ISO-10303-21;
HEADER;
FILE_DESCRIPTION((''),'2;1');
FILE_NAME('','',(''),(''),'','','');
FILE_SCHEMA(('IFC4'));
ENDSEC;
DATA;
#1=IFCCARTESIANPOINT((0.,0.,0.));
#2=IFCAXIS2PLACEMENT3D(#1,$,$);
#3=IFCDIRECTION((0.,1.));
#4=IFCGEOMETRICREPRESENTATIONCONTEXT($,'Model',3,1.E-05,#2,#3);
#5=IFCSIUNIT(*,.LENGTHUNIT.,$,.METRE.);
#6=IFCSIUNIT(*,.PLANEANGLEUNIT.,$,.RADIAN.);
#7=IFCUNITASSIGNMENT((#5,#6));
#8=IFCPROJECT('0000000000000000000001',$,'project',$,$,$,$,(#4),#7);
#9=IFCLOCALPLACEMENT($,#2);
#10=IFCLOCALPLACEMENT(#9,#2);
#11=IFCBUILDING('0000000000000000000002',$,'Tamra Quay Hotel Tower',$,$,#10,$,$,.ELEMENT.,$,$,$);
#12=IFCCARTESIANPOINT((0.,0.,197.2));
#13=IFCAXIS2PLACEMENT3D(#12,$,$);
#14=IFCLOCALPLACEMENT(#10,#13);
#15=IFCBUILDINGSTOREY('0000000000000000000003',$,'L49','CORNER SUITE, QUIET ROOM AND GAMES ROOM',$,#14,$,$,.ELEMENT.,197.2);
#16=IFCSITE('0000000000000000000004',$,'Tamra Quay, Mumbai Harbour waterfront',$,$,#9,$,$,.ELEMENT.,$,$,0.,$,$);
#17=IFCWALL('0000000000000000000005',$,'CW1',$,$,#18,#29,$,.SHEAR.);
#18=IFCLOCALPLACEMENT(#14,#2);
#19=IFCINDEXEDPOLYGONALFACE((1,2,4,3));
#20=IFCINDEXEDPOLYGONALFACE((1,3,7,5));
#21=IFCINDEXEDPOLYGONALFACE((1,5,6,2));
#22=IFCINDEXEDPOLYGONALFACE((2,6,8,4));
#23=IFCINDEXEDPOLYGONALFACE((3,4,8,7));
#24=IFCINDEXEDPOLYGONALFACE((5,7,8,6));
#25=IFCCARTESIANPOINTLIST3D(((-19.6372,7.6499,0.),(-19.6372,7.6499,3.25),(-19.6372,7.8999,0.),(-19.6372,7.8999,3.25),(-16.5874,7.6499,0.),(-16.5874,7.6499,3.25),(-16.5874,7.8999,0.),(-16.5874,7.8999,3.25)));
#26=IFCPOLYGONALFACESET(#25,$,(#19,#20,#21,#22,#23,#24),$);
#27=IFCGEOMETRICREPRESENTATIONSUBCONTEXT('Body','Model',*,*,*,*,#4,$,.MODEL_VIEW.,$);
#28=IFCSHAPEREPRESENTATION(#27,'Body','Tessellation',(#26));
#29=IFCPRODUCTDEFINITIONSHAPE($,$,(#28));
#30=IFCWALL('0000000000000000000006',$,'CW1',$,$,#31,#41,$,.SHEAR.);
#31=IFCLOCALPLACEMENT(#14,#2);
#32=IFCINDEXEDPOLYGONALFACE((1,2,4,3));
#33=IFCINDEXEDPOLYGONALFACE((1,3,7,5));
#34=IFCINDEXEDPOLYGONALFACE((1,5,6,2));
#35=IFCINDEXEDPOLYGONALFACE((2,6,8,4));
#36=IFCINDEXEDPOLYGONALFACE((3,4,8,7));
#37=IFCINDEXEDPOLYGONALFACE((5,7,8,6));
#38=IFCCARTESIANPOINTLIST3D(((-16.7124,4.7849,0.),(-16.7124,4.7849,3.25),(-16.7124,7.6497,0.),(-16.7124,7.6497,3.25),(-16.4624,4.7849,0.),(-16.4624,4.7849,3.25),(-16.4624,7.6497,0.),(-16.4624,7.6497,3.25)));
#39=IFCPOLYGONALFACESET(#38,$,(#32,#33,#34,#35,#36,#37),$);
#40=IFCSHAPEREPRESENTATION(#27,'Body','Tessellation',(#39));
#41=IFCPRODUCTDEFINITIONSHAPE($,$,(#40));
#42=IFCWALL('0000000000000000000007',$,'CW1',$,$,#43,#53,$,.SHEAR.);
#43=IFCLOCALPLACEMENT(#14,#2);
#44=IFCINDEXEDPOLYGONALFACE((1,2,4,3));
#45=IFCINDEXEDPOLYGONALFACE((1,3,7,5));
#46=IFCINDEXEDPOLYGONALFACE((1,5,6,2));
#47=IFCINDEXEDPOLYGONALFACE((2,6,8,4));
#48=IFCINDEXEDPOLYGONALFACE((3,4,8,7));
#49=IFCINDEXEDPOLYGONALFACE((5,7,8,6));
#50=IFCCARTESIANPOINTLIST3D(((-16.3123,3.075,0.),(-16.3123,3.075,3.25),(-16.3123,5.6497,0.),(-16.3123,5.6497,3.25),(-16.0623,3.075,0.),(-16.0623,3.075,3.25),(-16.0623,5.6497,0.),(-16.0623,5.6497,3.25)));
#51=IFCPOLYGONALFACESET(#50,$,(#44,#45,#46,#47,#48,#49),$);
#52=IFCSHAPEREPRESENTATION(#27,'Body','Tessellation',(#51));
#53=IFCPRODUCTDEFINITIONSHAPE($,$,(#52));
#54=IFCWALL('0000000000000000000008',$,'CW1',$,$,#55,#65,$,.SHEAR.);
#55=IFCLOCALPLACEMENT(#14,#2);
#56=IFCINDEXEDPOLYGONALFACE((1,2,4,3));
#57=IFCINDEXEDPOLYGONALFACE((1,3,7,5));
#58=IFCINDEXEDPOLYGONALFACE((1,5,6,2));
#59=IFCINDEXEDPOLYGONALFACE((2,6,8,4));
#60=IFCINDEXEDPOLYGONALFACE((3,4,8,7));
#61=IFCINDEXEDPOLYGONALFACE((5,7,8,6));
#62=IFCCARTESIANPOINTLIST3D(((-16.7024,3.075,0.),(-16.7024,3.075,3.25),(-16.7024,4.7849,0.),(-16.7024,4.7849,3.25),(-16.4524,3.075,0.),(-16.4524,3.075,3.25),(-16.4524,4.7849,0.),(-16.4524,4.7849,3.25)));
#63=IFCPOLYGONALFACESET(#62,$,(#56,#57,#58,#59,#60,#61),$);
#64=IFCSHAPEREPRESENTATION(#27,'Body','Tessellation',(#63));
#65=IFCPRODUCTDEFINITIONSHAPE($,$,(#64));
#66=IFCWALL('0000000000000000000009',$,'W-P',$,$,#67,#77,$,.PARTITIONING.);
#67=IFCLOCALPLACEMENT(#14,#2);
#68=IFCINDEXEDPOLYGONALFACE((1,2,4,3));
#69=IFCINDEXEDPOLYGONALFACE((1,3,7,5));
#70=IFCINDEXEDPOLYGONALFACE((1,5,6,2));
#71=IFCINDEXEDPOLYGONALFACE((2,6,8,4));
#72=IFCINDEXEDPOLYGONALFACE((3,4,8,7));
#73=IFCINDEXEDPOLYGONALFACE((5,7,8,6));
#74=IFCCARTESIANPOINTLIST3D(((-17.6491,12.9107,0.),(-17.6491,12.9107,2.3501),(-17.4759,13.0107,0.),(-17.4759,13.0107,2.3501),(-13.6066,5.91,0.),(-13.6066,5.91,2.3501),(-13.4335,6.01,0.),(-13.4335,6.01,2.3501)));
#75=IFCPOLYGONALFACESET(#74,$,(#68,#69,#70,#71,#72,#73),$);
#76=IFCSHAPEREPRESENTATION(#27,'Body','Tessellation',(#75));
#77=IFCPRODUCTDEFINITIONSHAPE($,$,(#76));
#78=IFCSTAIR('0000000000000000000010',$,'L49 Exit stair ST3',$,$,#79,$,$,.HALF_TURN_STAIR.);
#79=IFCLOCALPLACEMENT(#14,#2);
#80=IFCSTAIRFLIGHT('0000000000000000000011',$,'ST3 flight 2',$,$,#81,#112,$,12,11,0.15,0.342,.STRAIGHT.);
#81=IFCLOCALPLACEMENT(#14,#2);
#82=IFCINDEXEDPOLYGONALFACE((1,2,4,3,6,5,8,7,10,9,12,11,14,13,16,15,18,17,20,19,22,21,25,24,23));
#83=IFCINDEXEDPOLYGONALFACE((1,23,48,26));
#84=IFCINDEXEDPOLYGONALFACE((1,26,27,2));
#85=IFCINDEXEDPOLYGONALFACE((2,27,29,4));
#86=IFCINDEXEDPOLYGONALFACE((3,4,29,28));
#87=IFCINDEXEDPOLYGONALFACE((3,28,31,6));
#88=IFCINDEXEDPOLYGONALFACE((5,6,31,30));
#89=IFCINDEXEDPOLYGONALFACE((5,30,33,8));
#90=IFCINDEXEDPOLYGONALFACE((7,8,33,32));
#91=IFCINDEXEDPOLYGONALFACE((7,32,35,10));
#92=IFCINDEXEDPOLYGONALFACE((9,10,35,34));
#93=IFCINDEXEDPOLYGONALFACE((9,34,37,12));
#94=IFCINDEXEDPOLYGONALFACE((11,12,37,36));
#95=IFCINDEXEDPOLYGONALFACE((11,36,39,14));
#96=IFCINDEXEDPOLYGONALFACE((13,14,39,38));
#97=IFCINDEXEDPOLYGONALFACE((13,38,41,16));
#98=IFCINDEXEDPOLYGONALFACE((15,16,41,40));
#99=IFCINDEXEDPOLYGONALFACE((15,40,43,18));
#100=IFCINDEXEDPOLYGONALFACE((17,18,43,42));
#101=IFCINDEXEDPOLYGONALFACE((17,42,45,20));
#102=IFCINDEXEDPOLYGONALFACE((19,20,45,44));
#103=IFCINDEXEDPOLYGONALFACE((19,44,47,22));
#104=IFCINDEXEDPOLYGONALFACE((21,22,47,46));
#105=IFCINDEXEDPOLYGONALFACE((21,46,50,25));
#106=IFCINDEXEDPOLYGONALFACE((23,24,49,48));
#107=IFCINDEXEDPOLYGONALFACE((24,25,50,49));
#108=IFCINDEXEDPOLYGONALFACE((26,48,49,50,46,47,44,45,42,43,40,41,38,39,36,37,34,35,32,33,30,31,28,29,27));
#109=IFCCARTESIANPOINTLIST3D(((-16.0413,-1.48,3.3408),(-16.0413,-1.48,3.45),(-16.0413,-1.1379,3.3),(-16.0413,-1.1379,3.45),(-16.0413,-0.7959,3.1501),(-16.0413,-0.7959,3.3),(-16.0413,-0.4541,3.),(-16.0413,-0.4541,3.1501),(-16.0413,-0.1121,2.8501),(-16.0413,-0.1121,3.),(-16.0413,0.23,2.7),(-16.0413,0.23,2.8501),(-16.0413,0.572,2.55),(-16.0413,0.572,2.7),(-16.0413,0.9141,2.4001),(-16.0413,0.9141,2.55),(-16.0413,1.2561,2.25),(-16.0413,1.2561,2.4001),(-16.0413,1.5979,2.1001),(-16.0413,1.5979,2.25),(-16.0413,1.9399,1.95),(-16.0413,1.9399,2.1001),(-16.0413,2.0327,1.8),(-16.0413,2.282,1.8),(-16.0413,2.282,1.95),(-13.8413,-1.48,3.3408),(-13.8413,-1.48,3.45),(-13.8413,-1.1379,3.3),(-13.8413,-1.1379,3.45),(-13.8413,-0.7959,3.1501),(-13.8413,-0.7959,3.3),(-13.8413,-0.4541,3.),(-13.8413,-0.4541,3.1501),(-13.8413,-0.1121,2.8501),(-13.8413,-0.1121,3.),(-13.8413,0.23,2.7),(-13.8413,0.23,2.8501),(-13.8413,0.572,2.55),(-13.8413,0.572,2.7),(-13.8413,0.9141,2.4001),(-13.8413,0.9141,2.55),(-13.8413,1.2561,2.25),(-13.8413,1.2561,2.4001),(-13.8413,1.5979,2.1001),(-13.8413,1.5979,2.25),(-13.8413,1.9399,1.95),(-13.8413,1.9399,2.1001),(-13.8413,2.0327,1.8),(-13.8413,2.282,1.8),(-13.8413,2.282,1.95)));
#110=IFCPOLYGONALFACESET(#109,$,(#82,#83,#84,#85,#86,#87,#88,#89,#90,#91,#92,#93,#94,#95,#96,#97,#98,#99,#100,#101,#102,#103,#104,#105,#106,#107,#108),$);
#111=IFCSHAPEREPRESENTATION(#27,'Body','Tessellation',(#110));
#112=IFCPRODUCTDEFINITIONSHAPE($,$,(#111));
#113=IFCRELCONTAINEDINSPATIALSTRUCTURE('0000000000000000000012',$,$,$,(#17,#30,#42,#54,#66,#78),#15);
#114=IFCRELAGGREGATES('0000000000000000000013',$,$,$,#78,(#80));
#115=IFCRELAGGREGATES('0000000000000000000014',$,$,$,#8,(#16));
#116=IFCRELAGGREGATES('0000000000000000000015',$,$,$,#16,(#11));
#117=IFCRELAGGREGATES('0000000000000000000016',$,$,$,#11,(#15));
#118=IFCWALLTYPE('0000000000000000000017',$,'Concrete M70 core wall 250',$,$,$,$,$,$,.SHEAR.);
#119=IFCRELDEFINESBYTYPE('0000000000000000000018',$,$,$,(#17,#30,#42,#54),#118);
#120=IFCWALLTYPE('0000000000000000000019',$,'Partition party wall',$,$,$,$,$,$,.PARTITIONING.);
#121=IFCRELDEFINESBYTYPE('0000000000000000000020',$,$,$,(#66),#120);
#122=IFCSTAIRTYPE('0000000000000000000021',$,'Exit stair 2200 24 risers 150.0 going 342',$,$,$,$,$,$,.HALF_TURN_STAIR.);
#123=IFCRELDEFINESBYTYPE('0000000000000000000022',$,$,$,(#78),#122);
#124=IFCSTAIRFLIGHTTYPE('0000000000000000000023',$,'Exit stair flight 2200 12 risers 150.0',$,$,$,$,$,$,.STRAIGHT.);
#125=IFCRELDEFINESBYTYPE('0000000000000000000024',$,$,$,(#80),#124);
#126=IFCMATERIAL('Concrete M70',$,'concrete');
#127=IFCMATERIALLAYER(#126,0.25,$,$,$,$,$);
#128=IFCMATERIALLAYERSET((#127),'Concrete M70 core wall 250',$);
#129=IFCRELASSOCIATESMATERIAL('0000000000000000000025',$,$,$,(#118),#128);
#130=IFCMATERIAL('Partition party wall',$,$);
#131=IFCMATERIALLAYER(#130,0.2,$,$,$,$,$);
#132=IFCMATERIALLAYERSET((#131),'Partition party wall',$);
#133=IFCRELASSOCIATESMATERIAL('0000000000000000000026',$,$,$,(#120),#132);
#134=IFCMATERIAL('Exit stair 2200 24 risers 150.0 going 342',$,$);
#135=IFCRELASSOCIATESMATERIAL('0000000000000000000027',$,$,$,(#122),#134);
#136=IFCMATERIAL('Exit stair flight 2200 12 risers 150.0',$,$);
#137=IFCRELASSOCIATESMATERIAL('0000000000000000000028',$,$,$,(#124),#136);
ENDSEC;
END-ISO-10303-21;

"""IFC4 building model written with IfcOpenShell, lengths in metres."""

from ifc_helpers import new_model, si_unit, direction, frame, frame_2d, origin, place, context, subcontext, project, spatial, polyline, rectangle, outline, extrude, material, layer, layer_set, type_object, element, aggregate, save


model = new_model("IFC4")

# Units and contexts
model_context = context("Model", 3, precision=1e-05, world=origin(), true_north=direction((0.0, 1.0)))
body_context = subcontext(model_context, "Body", "Model", "MODEL_VIEW")
ifc_project = project(units=[si_unit("LENGTHUNIT", "METRE"), si_unit("PLANEANGLEUNIT", "RADIAN")], contexts=[model_context])

# Site, building, storey
site_placement = place(None, origin())
site = spatial("IfcSite", under=ifc_project, at=site_placement, Name="Tamra Quay, Mumbai Harbour waterfront", CompositionType="ELEMENT", RefElevation=0.0)
building_placement = place(site_placement, origin())
building = spatial("IfcBuilding", under=site, at=building_placement, Name="Tamra Quay Hotel Tower", CompositionType="ELEMENT")
storey_placement = place(building_placement, frame((0.0, 0.0, 197.2)))
storey = spatial("IfcBuildingStorey", under=building, at=storey_placement, Name="L49", Description="CORNER SUITE, QUIET ROOM AND GAMES ROOM", CompositionType="ELEMENT", Elevation=197.2)

# Shared definitions
ifc_material_1 = material(Name="Concrete M70", Category="concrete")

# Walls
ifc_layer_1 = layer(ifc_material_1, 0.25)
ifc_layer_set_1 = layer_set([ifc_layer_1], Name="Concrete M70 core wall 250")
wall_type_1 = type_object("IfcWallType", Name="Concrete M70 core wall 250", PredefinedType="SHEAR", material=ifc_layer_set_1)
wall_1_placement = place(storey_placement, frame((-19.6372, 7.7749, 0.0), z_axis=(0.0, 0.0, 1.0), x_axis=(1.0, 0.0, 0.0)))
element("IfcWall", 1, at=wall_1_placement, inside=storey, type_object=wall_type_1, Name="CW1", PredefinedType="SHEAR", context=body_context, shape_type="SweptSolid", body=[
    extrude(rectangle(XDim=3.0498, YDim=0.25, at=frame_2d((1.5249, 0.0))), origin(), (0.0, 0.0, 1.0), 3.25),
])
wall_2_placement = place(storey_placement, frame((-16.5874, 7.6497, 0.0), z_axis=(0.0, 0.0, 1.0), x_axis=(0.0, -1.0, 0.0)))
element("IfcWall", 2, at=wall_2_placement, inside=storey, type_object=wall_type_1, Name="CW1", PredefinedType="SHEAR", context=body_context, shape_type="SweptSolid", body=[
    extrude(rectangle(XDim=2.8647, YDim=0.25, at=frame_2d((1.4324, 0.0))), origin(), (0.0, 0.0, 1.0), 3.25),
])
wall_3_placement = place(storey_placement, frame((-16.1873, 3.075, 0.0), z_axis=(0.0, 0.0, 1.0), x_axis=(0.0, 1.0, 0.0)))
element("IfcWall", 3, at=wall_3_placement, inside=storey, type_object=wall_type_1, Name="CW1", PredefinedType="SHEAR", context=body_context, shape_type="SweptSolid", body=[
    extrude(rectangle(XDim=2.5747, YDim=0.25, at=frame_2d((1.2874, 0.0))), origin(), (0.0, 0.0, 1.0), 3.25),
])
wall_4_placement = place(storey_placement, frame((-16.5774, 4.7849, 0.0), z_axis=(0.0, 0.0, 1.0), x_axis=(0.0, -1.0, 0.0)))
element("IfcWall", 4, at=wall_4_placement, inside=storey, type_object=wall_type_1, Name="CW1", PredefinedType="SHEAR", context=body_context, shape_type="SweptSolid", body=[
    extrude(rectangle(XDim=1.71, YDim=0.25, at=frame_2d((0.855, 0.0))), origin(), (0.0, 0.0, 1.0), 3.25),
])
ifc_material_2 = material(Name="Partition party wall")
ifc_layer_2 = layer(ifc_material_2, 0.2)
ifc_layer_set_2 = layer_set([ifc_layer_2], Name="Partition party wall")
wall_type_2 = type_object("IfcWallType", Name="Partition party wall", PredefinedType="PARTITIONING", material=ifc_layer_set_2)
wall_5_placement = place(storey_placement, frame((-17.5625, 12.9607, 0.0), z_axis=(0.0, 0.0, 1.0), x_axis=(0.500056, -0.865993, 0.0)))
element("IfcWall", 5, at=wall_5_placement, inside=storey, type_object=wall_type_2, Name="W-P", PredefinedType="PARTITIONING", context=body_context, shape_type="SweptSolid", body=[
    extrude(rectangle(XDim=8.084, YDim=0.2, at=frame_2d((4.042, 0.0))), origin(), (0.0, 0.0, 1.0), 2.3501),
])

# Stair, stair flight
ifc_material_3 = material(Name="Exit stair 2200 24 risers 150.0 going 342")
stair_type = type_object("IfcStairType", Name="Exit stair 2200 24 risers 150.0 going 342", PredefinedType="HALF_TURN_STAIR", material=ifc_material_3)
stair_placement = place(storey_placement, origin())
stair = element("IfcStair", 6, at=stair_placement, inside=storey, type_object=stair_type, Name="L49 Exit stair ST3", PredefinedType="HALF_TURN_STAIR")
ifc_material_4 = material(Name="Exit stair flight 2200 12 risers 150.0")
stair_flight_type = type_object("IfcStairFlightType", Name="Exit stair flight 2200 12 risers 150.0", PredefinedType="STRAIGHT", material=ifc_material_4)
stair_flight_placement = place(storey_placement, frame((-14.9414, 2.282, 1.8), z_axis=(0.0, 0.0, 1.0), x_axis=(0.0, -1.0, 0.0)))
stair_flight = element("IfcStairFlight", 7, at=stair_flight_placement, type_object=stair_flight_type, Name="ST3 flight 2", NumberOfRisers=12, NumberOfTreads=11, PredefinedType="STRAIGHT", RiserHeight=0.15, TreadLength=0.342, context=body_context, shape_type="SweptSolid", body=[
    extrude(outline(polyline([(0.0, 0.0), (0.0, 0.1499), (0.342, 0.1499), (0.342, 0.3), (0.6841, 0.3), (0.6841, 0.45), (1.0259, 0.45), (1.0259, 0.6001), (1.3679, 0.6001), (1.3679, 0.75), (1.71, 0.75), (1.71, 0.8999), (2.052, 0.8999), (2.052, 1.05), (2.394, 1.05), (2.394, 1.2), (2.7361, 1.2), (2.7361, 1.3501), (3.0779, 1.3501), (3.0779, 1.5), (3.4199, 1.5), (3.4199, 1.6499), (3.762, 1.6499), (3.762, 1.8), (3.762, 1.5408), (0.2493, 0.0), (0.0, 0.0)])), frame((0.0, 1.1001, 0.0), z_axis=(0.0, -1.0, 0.0), x_axis=(1.0, 0.0, 0.0)), (0.0, 0.0, 1.0), 2.2),
])
aggregate(stair, [stair_flight])

save(model, "model.ifc")
